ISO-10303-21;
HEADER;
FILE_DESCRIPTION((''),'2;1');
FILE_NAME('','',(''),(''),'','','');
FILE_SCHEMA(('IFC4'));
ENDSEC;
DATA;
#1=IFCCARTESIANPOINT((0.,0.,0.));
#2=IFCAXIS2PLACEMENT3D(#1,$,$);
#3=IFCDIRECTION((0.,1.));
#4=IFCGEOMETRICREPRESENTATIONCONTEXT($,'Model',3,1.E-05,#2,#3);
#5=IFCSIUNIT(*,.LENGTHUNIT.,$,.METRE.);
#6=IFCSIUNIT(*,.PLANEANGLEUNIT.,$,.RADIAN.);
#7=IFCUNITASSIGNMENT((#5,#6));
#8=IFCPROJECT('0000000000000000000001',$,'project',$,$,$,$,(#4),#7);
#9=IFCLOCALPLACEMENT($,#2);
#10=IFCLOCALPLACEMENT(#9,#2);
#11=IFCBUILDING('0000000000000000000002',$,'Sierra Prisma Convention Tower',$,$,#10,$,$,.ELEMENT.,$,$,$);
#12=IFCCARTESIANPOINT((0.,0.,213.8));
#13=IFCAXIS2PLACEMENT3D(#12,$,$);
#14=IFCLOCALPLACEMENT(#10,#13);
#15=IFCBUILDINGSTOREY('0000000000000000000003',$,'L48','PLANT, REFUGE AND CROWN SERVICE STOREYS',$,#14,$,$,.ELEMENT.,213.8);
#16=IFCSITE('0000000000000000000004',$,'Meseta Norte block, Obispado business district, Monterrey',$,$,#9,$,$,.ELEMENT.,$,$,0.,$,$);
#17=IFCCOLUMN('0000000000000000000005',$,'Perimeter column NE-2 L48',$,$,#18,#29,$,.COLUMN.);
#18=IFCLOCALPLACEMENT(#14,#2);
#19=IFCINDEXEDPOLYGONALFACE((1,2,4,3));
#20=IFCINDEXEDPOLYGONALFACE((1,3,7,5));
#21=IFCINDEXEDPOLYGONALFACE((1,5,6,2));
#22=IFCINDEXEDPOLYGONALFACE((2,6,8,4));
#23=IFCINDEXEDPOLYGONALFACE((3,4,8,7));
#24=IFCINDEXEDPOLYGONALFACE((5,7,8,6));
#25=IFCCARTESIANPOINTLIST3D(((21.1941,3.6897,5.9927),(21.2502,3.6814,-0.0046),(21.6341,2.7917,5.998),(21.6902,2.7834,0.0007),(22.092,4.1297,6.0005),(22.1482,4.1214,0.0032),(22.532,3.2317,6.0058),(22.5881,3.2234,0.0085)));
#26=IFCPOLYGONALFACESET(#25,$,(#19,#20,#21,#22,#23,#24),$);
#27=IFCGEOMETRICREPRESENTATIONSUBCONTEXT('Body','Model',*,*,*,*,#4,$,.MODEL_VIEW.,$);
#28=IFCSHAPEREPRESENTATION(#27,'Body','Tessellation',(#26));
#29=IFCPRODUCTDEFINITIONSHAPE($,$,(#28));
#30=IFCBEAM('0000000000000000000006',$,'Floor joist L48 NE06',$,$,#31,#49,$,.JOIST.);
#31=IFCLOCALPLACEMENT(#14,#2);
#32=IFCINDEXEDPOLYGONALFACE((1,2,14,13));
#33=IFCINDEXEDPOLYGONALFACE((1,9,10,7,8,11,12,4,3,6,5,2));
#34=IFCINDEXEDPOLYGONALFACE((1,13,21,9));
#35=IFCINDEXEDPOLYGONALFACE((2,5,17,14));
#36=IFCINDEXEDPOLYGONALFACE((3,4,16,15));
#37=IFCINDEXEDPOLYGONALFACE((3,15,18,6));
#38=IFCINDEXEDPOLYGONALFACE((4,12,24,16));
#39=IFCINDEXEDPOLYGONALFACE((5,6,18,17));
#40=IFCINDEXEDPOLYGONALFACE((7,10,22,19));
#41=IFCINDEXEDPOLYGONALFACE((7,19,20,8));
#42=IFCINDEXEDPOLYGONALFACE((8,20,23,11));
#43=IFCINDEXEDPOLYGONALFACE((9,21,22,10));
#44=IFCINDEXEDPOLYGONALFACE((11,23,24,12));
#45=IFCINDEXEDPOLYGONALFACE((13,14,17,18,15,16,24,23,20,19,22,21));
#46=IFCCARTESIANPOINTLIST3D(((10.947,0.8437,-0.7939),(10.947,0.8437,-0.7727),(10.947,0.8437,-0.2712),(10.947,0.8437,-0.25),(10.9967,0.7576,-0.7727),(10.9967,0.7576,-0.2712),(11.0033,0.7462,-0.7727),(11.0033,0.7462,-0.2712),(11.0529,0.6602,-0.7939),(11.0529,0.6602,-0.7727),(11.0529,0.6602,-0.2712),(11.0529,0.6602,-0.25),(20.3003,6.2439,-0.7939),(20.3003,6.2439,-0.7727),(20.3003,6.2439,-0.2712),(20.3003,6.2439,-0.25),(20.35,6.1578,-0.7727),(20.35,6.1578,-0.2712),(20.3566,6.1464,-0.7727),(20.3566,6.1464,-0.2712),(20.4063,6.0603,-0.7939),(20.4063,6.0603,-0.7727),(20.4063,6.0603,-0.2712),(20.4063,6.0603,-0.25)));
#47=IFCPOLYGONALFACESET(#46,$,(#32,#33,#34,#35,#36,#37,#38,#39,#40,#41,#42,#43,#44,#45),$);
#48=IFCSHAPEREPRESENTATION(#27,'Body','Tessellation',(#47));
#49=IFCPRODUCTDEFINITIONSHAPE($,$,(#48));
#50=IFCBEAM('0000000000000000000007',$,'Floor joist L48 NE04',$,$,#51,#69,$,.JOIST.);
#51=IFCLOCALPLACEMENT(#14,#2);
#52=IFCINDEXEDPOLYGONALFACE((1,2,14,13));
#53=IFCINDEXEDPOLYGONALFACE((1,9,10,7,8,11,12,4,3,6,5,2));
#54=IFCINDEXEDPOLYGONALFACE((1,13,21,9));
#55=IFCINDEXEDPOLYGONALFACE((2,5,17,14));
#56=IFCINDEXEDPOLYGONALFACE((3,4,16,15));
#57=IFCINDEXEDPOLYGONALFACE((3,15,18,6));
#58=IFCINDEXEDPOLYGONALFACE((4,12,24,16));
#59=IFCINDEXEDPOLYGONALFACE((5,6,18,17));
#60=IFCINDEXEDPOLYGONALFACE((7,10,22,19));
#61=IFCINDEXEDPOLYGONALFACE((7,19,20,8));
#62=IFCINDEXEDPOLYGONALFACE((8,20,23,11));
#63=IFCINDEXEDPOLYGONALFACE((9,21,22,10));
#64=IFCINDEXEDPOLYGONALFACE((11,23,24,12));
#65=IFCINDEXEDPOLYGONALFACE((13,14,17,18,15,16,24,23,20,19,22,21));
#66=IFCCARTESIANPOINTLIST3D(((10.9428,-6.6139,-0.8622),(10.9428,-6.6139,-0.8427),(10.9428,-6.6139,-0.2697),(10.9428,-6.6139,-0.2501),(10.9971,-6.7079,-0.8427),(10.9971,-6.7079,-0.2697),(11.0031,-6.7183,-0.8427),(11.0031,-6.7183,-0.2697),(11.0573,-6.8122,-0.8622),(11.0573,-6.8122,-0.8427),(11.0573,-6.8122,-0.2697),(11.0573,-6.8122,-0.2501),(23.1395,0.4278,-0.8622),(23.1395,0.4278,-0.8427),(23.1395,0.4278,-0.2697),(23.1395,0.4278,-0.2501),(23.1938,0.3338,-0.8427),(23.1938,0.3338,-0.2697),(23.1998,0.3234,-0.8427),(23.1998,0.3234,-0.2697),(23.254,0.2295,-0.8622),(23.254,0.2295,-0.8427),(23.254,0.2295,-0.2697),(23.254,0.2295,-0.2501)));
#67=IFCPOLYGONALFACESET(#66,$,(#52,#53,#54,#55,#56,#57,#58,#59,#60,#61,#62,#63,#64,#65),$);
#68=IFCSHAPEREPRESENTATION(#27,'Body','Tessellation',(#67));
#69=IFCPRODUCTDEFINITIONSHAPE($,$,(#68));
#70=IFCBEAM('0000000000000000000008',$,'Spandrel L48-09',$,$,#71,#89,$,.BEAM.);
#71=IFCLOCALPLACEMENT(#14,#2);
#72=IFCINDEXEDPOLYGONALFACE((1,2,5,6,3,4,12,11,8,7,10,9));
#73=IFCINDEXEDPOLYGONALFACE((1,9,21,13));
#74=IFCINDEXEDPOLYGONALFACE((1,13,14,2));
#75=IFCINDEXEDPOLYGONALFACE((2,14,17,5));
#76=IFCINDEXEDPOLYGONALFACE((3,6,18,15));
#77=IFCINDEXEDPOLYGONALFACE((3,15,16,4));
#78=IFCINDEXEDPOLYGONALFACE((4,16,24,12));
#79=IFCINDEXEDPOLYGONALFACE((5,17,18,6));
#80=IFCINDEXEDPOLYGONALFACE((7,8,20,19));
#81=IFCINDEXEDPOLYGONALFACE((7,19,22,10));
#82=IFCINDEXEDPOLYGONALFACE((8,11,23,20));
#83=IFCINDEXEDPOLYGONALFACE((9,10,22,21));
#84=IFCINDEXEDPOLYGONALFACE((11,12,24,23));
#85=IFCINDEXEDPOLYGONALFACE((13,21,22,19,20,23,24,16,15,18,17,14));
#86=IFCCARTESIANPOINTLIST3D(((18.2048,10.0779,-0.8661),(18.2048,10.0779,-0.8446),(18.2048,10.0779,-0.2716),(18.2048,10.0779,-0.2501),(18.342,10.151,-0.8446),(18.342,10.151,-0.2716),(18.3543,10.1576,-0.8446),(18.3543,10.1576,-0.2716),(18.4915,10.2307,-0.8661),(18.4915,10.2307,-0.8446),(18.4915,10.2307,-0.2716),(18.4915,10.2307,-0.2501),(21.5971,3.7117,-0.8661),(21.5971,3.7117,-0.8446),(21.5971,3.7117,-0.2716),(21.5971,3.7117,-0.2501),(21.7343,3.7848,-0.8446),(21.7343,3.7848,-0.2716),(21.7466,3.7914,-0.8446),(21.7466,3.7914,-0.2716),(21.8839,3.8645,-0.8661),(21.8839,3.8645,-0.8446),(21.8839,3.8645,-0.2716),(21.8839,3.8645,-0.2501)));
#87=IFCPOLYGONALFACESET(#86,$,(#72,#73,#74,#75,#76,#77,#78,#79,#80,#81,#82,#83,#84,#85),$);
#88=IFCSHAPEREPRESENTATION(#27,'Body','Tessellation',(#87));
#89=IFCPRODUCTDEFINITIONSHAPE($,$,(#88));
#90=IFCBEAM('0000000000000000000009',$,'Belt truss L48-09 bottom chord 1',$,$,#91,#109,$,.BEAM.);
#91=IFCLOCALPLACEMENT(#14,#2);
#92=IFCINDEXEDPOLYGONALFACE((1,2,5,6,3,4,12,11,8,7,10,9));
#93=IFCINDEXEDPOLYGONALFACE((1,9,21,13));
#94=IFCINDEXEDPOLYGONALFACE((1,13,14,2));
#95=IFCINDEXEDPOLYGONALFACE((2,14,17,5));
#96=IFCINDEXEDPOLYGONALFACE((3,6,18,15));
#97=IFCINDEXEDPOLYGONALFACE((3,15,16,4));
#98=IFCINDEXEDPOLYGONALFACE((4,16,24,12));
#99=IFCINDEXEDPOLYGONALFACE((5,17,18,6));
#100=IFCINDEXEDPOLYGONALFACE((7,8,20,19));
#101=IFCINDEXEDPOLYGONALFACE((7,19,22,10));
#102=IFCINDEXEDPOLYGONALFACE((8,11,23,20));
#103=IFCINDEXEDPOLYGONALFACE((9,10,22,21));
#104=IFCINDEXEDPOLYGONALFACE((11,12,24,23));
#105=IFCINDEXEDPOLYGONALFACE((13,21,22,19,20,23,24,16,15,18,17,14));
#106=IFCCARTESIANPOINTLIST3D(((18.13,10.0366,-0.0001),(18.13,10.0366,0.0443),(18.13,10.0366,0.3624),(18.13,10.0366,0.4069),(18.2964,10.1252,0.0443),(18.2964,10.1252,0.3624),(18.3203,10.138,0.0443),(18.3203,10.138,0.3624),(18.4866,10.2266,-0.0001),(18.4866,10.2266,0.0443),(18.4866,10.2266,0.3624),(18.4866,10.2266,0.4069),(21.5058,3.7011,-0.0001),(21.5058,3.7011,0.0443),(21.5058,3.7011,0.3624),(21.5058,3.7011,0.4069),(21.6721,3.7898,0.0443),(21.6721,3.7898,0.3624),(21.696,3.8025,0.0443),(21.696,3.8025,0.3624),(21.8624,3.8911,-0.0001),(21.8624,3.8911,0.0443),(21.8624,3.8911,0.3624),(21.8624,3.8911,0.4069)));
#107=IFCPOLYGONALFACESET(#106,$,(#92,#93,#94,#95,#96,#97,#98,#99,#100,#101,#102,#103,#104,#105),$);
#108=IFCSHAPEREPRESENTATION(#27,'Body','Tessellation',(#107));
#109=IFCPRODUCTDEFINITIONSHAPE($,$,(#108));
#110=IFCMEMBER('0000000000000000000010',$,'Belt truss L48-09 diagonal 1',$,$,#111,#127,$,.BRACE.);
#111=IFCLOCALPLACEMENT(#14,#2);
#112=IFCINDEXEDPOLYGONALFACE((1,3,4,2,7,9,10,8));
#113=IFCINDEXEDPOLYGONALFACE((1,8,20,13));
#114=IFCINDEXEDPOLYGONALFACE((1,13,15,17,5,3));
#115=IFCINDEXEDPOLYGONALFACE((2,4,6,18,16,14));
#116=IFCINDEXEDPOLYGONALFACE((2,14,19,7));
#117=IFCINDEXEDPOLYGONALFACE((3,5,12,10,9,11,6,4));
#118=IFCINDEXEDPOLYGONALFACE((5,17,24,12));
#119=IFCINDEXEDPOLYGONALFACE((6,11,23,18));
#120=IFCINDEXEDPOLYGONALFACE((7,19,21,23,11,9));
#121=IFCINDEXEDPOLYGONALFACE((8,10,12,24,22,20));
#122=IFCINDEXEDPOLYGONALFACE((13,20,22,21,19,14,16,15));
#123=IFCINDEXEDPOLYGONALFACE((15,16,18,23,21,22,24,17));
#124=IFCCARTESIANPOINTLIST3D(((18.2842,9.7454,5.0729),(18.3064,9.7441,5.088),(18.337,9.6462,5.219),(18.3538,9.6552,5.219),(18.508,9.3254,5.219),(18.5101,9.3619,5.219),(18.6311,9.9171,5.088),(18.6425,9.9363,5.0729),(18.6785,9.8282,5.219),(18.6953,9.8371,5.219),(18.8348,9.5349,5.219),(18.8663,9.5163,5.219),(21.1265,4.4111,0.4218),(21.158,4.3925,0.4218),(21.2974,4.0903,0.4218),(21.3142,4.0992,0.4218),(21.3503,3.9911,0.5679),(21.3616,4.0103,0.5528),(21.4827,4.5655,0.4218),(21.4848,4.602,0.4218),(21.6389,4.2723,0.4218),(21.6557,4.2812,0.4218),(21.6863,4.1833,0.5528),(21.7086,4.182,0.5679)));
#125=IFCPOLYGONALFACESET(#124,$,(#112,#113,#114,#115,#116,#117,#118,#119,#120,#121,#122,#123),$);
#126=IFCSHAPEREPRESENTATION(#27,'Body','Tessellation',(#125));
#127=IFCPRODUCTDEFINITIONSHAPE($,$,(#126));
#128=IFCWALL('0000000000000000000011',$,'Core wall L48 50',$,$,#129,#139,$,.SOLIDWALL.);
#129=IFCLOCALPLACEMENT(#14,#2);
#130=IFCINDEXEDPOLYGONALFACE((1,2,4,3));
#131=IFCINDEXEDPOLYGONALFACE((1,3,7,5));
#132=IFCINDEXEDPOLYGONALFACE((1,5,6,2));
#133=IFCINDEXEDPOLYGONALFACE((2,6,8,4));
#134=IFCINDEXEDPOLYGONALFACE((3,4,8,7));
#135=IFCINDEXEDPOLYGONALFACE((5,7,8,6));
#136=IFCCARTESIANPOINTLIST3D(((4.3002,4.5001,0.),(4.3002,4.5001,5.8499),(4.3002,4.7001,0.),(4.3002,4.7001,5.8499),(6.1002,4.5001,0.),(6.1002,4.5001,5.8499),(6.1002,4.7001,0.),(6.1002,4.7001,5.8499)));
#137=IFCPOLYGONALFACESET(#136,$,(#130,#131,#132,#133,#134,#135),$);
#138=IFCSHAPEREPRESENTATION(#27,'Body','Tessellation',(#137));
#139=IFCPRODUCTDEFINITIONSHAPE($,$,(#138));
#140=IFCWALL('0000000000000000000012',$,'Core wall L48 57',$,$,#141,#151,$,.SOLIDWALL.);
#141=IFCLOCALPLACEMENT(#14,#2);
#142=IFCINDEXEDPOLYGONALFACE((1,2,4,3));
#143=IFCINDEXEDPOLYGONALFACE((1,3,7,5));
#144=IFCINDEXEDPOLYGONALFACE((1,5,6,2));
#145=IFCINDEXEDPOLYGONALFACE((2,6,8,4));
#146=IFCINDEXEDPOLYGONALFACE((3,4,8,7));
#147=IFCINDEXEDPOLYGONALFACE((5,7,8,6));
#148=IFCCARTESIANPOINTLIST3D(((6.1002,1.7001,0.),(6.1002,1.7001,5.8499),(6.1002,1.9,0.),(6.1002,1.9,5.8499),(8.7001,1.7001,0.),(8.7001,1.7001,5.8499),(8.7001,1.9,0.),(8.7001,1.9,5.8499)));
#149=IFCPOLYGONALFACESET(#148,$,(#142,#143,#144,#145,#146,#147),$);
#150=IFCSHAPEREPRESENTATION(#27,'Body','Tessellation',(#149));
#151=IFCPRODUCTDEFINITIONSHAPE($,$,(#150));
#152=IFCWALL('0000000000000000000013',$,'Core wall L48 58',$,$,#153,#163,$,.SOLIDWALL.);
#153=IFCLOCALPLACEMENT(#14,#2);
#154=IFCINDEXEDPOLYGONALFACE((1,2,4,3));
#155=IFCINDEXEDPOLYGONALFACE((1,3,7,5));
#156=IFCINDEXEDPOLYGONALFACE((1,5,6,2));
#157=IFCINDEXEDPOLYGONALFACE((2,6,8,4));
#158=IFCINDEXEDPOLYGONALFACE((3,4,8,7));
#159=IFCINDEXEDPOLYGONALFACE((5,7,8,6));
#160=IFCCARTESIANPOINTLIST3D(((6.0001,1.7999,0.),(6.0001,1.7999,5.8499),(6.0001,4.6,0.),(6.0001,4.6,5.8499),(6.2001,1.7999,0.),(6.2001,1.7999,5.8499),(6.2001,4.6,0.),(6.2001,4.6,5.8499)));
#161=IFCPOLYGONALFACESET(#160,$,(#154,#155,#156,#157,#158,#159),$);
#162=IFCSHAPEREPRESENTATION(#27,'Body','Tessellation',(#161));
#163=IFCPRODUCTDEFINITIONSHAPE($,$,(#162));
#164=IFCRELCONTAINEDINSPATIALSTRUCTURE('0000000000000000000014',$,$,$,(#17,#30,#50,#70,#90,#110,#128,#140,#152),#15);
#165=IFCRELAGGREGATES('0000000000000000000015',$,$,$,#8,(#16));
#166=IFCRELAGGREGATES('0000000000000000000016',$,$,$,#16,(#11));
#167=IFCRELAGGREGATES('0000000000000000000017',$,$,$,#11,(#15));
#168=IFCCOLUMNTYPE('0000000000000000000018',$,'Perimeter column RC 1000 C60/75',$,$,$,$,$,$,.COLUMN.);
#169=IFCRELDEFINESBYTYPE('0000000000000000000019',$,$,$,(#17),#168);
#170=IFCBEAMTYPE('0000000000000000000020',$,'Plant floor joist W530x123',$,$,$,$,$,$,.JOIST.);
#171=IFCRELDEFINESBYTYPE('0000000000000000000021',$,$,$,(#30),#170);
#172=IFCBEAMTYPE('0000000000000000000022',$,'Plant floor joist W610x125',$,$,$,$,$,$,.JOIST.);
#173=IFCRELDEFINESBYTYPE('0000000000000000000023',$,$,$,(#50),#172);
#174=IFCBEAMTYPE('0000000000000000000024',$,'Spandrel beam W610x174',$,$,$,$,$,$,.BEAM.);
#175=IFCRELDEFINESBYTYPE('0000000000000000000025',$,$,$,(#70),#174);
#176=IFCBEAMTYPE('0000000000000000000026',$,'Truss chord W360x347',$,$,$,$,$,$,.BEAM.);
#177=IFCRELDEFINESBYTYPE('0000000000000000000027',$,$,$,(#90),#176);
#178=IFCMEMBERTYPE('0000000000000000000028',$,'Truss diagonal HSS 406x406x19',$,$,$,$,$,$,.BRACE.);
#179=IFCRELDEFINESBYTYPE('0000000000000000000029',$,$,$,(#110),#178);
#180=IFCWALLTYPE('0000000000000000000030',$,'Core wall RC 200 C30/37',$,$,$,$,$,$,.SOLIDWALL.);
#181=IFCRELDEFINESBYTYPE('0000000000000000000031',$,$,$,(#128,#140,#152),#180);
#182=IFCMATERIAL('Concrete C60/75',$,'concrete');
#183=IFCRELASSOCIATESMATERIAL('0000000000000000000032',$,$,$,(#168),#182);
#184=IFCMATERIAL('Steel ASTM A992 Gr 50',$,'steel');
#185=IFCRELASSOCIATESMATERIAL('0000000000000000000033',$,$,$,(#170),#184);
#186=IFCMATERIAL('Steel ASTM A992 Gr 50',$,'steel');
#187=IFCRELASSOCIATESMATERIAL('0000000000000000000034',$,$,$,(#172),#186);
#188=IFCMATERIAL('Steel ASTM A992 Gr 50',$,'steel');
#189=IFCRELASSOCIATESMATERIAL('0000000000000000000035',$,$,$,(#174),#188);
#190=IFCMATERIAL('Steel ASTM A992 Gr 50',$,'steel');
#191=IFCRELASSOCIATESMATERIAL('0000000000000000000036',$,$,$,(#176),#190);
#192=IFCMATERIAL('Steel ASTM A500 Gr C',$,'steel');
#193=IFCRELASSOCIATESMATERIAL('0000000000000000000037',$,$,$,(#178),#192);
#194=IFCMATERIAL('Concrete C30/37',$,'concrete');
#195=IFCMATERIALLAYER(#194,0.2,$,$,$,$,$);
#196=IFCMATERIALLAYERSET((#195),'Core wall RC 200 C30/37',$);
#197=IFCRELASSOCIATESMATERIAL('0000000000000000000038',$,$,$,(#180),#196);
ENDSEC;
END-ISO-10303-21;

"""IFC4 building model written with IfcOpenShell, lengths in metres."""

from ifc_helpers import new_model, si_unit, direction, frame, frame_2d, origin, origin_2d, place, context, subcontext, project, spatial, rectangle, hollow_rectangle, i_section, extrude, clip, halfspace, material, layer, layer_set, material_profile, profile_set, type_object, element, save


model = new_model("IFC4")

# Units and contexts
model_context = context("Model", 3, precision=1e-05, world=origin(), true_north=direction((0.0, 1.0)))
body_context = subcontext(model_context, "Body", "Model", "MODEL_VIEW")
ifc_project = project(units=[si_unit("LENGTHUNIT", "METRE"), si_unit("PLANEANGLEUNIT", "RADIAN")], contexts=[model_context])

# Site, building, storey
site_placement = place(None, origin())
site = spatial("IfcSite", under=ifc_project, at=site_placement, Name="Meseta Norte block, Obispado business district, Monterrey", CompositionType="ELEMENT", RefElevation=0.0)
building_placement = place(site_placement, origin())
building = spatial("IfcBuilding", under=site, at=building_placement, Name="Sierra Prisma Convention Tower", CompositionType="ELEMENT")
storey_placement = place(building_placement, frame((0.0, 0.0, 213.8)))
storey = spatial("IfcBuildingStorey", under=building, at=storey_placement, Name="L48", Description="PLANT, REFUGE AND CROWN SERVICE STOREYS", CompositionType="ELEMENT", Elevation=213.8)

# Column
ifc_material_1 = material(Name="Concrete C60/75", Category="concrete")
ifc_material_profile_1 = material_profile(ifc_material_1, rectangle(XDim=1.0, YDim=1.0, at=origin_2d()), Name="Perimeter column RC 1000 C60/75")
ifc_profile_set_1 = profile_set([ifc_material_profile_1], Name="Concrete C60/75")
column_type = type_object("IfcColumnType", Name="Perimeter column RC 1000 C60/75", PredefinedType="COLUMN", material=ifc_profile_set_1)
column_placement = place(storey_placement, frame((21.9192, 3.4524, 0.0), z_axis=(-0.009358, 0.001383, 0.999955), x_axis=(-0.439983, 0.89799, -0.00536)))
element("IfcColumn", 1, at=column_placement, inside=storey, type_object=column_type, Name="Perimeter column NE-2 L48", PredefinedType="COLUMN", context=body_context, shape_type="SweptSolid", body=[
    clip(clip(extrude(rectangle(XDim=1.0, YDim=1.0, at=origin_2d()), origin(), (0.0, 0.0, 1.0), 6.0002), halfspace(frame((0.0, 0.0, 0.002)), True)), halfspace(frame((0.0, 0.0, 5.9995)), False)),
])

# Beams
ifc_material_2 = material(Name="Steel ASTM A992 Gr 50", Category="steel")
ifc_material_profile_2 = material_profile(ifc_material_2, i_section(OverallWidth=0.2119, OverallDepth=0.5439, WebThickness=0.0132, FlangeThickness=0.0212, at=origin_2d()), Name="W530x123")
ifc_profile_set_2 = profile_set([ifc_material_profile_2], Name="Steel ASTM A992 Gr 50")
beam_type_1 = type_object("IfcBeamType", Name="Plant floor joist W530x123", PredefinedType="JOIST", material=ifc_profile_set_2)
beam_1_placement = place(storey_placement, frame((20.3533, 6.1521, -0.522), z_axis=(-0.866024, -0.500002, 0.0), x_axis=(0.500002, -0.866024, 0.0)))
element("IfcBeam", 2, at=beam_1_placement, inside=storey, type_object=beam_type_1, Name="Floor joist L48 NE06", PredefinedType="JOIST", context=body_context, shape_type="SweptSolid", body=[
    extrude(i_section(OverallWidth=0.2119, OverallDepth=0.5439, WebThickness=0.0132, FlangeThickness=0.0212, at=origin_2d()), origin(), (0.0, 0.0, 1.0), 10.8003),
])
ifc_material_3 = material(Name="Steel ASTM A992 Gr 50", Category="steel")
ifc_material_profile_3 = material_profile(ifc_material_3, i_section(OverallWidth=0.229, OverallDepth=0.6121, WebThickness=0.012, FlangeThickness=0.0195, at=origin_2d()), Name="W610x125")
ifc_profile_set_3 = profile_set([ifc_material_profile_3], Name="Steel ASTM A992 Gr 50")
beam_type_2 = type_object("IfcBeamType", Name="Plant floor joist W610x125", PredefinedType="JOIST", material=ifc_profile_set_3)
beam_2_placement = place(storey_placement, frame((23.1968, 0.3286, -0.5562), z_axis=(-0.866027, -0.499997, 0.0), x_axis=(0.499997, -0.866027, 0.0)))
element("IfcBeam", 3, at=beam_2_placement, inside=storey, type_object=beam_type_2, Name="Floor joist L48 NE04", PredefinedType="JOIST", context=body_context, shape_type="SweptSolid", body=[
    extrude(i_section(OverallWidth=0.229, OverallDepth=0.6121, WebThickness=0.012, FlangeThickness=0.0195, at=origin_2d()), origin(), (0.0, 0.0, 1.0), 14.0835),
])
ifc_material_4 = material(Name="Steel ASTM A992 Gr 50", Category="steel")
ifc_material_profile_4 = material_profile(ifc_material_4, i_section(OverallWidth=0.325, OverallDepth=0.616, WebThickness=0.0139, FlangeThickness=0.0215, at=origin_2d()), Name="W610x174")
ifc_profile_set_4 = profile_set([ifc_material_profile_4], Name="Steel ASTM A992 Gr 50")
beam_type_3 = type_object("IfcBeamType", Name="Spandrel beam W610x174", PredefinedType="BEAM", material=ifc_profile_set_4)
beam_3_placement = place(storey_placement, frame((21.7405, 3.7881, -0.5581), z_axis=(-0.470267, 0.882524, 0.0), x_axis=(-0.882524, -0.470267, 0.0)))
element("IfcBeam", 4, at=beam_3_placement, inside=storey, type_object=beam_type_3, Name="Spandrel L48-09", PredefinedType="BEAM", context=body_context, shape_type="SweptSolid", body=[
    extrude(i_section(OverallWidth=0.325, OverallDepth=0.616, WebThickness=0.0139, FlangeThickness=0.0215, at=origin_2d()), origin(), (0.0, 0.0, 1.0), 7.2136),
])
ifc_material_5 = material(Name="Steel ASTM A992 Gr 50", Category="steel")
ifc_material_profile_5 = material_profile(ifc_material_5, i_section(OverallWidth=0.4041, OverallDepth=0.407, WebThickness=0.0271, FlangeThickness=0.0444, at=origin_2d()), Name="W360x347")
ifc_profile_set_5 = profile_set([ifc_material_profile_5], Name="Steel ASTM A992 Gr 50")
beam_type_4 = type_object("IfcBeamType", Name="Truss chord W360x347", PredefinedType="BEAM", material=ifc_profile_set_5)
beam_4_placement = place(storey_placement, frame((21.6841, 3.7961, 0.2034), z_axis=(-0.470244, 0.882536, 0.0), x_axis=(-0.882536, -0.470244, 0.0)))
element("IfcBeam", 5, at=beam_4_placement, inside=storey, type_object=beam_type_4, Name="Belt truss L48-09 bottom chord 1", PredefinedType="BEAM", context=body_context, shape_type="SweptSolid", body=[
    extrude(i_section(OverallWidth=0.4041, OverallDepth=0.407, WebThickness=0.0271, FlangeThickness=0.0444, at=origin_2d()), origin(), (0.0, 0.0, 1.0), 7.1787),
])

# Member
ifc_material_6 = material(Name="Steel ASTM A500 Gr C", Category="steel")
ifc_material_profile_6 = material_profile(ifc_material_6, hollow_rectangle(XDim=0.406, YDim=0.406, WallThickness=0.019, at=origin_2d()), Name="Truss diagonal HSS 406x406x19")
ifc_profile_set_6 = profile_set([ifc_material_profile_6], Name="Steel ASTM A500 Gr C")
member_type = type_object("IfcMemberType", Name="Truss diagonal HSS 406x406x19", PredefinedType="BRACE", material=ifc_profile_set_6)
member_placement = place(storey_placement, frame((21.4712, 4.1958, 0.407), z_axis=(-0.372677, 0.699425, 0.609849), x_axis=(-0.882536, -0.470245, 0.0)))
element("IfcMember", 6, at=member_placement, inside=storey, type_object=member_type, Name="Belt truss L48-09 diagonal 1", PredefinedType="BRACE", context=body_context, shape_type="SweptSolid", body=[
    clip(clip(extrude(hollow_rectangle(XDim=0.406, YDim=0.406, WallThickness=0.019, at=origin_2d()), origin(), (0.0, 0.0, 1.0), 7.9148), halfspace(frame((0.0, 0.0117, 0.009), z_axis=(0.0, 0.792516, 0.609851), x_axis=(1.0, 0.0, 0.0)), True)), halfspace(frame((0.0, -0.012, 7.906), z_axis=(0.0, -0.792517, -0.609849), x_axis=(1.0, 0.0, 0.0)), True)),
])

# Walls
ifc_material_7 = material(Name="Concrete C30/37", Category="concrete")
ifc_layer_1 = layer(ifc_material_7, 0.2)
ifc_layer_set_1 = layer_set([ifc_layer_1], Name="Core wall RC 200 C30/37")
wall_type_1 = type_object("IfcWallType", Name="Core wall RC 200 C30/37", PredefinedType="SOLIDWALL", material=ifc_layer_set_1)
wall_1_placement = place(storey_placement, frame((6.1001, 4.6001, 0.0), z_axis=(0.0, 0.0, 1.0), x_axis=(-1.0, 0.0, 0.0)))
element("IfcWall", 7, at=wall_1_placement, inside=storey, type_object=wall_type_1, Name="Core wall L48 50", PredefinedType="SOLIDWALL", context=body_context, shape_type="SweptSolid", body=[
    extrude(rectangle(XDim=1.8, YDim=0.2, at=frame_2d((0.8999, 0.0))), origin(), (0.0, 0.0, 1.0), 5.8499),
])
wall_2_placement = place(storey_placement, frame((8.7, 1.8, 0.0), z_axis=(0.0, 0.0, 1.0), x_axis=(-1.0, 0.0, 0.0)))
element("IfcWall", 8, at=wall_2_placement, inside=storey, type_object=wall_type_1, Name="Core wall L48 57", PredefinedType="SOLIDWALL", context=body_context, shape_type="SweptSolid", body=[
    extrude(rectangle(XDim=2.5999, YDim=0.2, at=frame_2d((1.2998, 0.0))), origin(), (0.0, 0.0, 1.0), 5.8499),
])
wall_3_placement = place(storey_placement, frame((6.1001, 1.8, 0.0), z_axis=(0.0, 0.0, 1.0), x_axis=(0.0, 1.0, 0.0)))
element("IfcWall", 9, at=wall_3_placement, inside=storey, type_object=wall_type_1, Name="Core wall L48 58", PredefinedType="SOLIDWALL", context=body_context, shape_type="SweptSolid", body=[
    extrude(rectangle(XDim=2.8, YDim=0.2, at=frame_2d((1.3999, 0.0))), origin(), (0.0, 0.0, 1.0), 5.8499),
])

save(model, "model.ifc")
